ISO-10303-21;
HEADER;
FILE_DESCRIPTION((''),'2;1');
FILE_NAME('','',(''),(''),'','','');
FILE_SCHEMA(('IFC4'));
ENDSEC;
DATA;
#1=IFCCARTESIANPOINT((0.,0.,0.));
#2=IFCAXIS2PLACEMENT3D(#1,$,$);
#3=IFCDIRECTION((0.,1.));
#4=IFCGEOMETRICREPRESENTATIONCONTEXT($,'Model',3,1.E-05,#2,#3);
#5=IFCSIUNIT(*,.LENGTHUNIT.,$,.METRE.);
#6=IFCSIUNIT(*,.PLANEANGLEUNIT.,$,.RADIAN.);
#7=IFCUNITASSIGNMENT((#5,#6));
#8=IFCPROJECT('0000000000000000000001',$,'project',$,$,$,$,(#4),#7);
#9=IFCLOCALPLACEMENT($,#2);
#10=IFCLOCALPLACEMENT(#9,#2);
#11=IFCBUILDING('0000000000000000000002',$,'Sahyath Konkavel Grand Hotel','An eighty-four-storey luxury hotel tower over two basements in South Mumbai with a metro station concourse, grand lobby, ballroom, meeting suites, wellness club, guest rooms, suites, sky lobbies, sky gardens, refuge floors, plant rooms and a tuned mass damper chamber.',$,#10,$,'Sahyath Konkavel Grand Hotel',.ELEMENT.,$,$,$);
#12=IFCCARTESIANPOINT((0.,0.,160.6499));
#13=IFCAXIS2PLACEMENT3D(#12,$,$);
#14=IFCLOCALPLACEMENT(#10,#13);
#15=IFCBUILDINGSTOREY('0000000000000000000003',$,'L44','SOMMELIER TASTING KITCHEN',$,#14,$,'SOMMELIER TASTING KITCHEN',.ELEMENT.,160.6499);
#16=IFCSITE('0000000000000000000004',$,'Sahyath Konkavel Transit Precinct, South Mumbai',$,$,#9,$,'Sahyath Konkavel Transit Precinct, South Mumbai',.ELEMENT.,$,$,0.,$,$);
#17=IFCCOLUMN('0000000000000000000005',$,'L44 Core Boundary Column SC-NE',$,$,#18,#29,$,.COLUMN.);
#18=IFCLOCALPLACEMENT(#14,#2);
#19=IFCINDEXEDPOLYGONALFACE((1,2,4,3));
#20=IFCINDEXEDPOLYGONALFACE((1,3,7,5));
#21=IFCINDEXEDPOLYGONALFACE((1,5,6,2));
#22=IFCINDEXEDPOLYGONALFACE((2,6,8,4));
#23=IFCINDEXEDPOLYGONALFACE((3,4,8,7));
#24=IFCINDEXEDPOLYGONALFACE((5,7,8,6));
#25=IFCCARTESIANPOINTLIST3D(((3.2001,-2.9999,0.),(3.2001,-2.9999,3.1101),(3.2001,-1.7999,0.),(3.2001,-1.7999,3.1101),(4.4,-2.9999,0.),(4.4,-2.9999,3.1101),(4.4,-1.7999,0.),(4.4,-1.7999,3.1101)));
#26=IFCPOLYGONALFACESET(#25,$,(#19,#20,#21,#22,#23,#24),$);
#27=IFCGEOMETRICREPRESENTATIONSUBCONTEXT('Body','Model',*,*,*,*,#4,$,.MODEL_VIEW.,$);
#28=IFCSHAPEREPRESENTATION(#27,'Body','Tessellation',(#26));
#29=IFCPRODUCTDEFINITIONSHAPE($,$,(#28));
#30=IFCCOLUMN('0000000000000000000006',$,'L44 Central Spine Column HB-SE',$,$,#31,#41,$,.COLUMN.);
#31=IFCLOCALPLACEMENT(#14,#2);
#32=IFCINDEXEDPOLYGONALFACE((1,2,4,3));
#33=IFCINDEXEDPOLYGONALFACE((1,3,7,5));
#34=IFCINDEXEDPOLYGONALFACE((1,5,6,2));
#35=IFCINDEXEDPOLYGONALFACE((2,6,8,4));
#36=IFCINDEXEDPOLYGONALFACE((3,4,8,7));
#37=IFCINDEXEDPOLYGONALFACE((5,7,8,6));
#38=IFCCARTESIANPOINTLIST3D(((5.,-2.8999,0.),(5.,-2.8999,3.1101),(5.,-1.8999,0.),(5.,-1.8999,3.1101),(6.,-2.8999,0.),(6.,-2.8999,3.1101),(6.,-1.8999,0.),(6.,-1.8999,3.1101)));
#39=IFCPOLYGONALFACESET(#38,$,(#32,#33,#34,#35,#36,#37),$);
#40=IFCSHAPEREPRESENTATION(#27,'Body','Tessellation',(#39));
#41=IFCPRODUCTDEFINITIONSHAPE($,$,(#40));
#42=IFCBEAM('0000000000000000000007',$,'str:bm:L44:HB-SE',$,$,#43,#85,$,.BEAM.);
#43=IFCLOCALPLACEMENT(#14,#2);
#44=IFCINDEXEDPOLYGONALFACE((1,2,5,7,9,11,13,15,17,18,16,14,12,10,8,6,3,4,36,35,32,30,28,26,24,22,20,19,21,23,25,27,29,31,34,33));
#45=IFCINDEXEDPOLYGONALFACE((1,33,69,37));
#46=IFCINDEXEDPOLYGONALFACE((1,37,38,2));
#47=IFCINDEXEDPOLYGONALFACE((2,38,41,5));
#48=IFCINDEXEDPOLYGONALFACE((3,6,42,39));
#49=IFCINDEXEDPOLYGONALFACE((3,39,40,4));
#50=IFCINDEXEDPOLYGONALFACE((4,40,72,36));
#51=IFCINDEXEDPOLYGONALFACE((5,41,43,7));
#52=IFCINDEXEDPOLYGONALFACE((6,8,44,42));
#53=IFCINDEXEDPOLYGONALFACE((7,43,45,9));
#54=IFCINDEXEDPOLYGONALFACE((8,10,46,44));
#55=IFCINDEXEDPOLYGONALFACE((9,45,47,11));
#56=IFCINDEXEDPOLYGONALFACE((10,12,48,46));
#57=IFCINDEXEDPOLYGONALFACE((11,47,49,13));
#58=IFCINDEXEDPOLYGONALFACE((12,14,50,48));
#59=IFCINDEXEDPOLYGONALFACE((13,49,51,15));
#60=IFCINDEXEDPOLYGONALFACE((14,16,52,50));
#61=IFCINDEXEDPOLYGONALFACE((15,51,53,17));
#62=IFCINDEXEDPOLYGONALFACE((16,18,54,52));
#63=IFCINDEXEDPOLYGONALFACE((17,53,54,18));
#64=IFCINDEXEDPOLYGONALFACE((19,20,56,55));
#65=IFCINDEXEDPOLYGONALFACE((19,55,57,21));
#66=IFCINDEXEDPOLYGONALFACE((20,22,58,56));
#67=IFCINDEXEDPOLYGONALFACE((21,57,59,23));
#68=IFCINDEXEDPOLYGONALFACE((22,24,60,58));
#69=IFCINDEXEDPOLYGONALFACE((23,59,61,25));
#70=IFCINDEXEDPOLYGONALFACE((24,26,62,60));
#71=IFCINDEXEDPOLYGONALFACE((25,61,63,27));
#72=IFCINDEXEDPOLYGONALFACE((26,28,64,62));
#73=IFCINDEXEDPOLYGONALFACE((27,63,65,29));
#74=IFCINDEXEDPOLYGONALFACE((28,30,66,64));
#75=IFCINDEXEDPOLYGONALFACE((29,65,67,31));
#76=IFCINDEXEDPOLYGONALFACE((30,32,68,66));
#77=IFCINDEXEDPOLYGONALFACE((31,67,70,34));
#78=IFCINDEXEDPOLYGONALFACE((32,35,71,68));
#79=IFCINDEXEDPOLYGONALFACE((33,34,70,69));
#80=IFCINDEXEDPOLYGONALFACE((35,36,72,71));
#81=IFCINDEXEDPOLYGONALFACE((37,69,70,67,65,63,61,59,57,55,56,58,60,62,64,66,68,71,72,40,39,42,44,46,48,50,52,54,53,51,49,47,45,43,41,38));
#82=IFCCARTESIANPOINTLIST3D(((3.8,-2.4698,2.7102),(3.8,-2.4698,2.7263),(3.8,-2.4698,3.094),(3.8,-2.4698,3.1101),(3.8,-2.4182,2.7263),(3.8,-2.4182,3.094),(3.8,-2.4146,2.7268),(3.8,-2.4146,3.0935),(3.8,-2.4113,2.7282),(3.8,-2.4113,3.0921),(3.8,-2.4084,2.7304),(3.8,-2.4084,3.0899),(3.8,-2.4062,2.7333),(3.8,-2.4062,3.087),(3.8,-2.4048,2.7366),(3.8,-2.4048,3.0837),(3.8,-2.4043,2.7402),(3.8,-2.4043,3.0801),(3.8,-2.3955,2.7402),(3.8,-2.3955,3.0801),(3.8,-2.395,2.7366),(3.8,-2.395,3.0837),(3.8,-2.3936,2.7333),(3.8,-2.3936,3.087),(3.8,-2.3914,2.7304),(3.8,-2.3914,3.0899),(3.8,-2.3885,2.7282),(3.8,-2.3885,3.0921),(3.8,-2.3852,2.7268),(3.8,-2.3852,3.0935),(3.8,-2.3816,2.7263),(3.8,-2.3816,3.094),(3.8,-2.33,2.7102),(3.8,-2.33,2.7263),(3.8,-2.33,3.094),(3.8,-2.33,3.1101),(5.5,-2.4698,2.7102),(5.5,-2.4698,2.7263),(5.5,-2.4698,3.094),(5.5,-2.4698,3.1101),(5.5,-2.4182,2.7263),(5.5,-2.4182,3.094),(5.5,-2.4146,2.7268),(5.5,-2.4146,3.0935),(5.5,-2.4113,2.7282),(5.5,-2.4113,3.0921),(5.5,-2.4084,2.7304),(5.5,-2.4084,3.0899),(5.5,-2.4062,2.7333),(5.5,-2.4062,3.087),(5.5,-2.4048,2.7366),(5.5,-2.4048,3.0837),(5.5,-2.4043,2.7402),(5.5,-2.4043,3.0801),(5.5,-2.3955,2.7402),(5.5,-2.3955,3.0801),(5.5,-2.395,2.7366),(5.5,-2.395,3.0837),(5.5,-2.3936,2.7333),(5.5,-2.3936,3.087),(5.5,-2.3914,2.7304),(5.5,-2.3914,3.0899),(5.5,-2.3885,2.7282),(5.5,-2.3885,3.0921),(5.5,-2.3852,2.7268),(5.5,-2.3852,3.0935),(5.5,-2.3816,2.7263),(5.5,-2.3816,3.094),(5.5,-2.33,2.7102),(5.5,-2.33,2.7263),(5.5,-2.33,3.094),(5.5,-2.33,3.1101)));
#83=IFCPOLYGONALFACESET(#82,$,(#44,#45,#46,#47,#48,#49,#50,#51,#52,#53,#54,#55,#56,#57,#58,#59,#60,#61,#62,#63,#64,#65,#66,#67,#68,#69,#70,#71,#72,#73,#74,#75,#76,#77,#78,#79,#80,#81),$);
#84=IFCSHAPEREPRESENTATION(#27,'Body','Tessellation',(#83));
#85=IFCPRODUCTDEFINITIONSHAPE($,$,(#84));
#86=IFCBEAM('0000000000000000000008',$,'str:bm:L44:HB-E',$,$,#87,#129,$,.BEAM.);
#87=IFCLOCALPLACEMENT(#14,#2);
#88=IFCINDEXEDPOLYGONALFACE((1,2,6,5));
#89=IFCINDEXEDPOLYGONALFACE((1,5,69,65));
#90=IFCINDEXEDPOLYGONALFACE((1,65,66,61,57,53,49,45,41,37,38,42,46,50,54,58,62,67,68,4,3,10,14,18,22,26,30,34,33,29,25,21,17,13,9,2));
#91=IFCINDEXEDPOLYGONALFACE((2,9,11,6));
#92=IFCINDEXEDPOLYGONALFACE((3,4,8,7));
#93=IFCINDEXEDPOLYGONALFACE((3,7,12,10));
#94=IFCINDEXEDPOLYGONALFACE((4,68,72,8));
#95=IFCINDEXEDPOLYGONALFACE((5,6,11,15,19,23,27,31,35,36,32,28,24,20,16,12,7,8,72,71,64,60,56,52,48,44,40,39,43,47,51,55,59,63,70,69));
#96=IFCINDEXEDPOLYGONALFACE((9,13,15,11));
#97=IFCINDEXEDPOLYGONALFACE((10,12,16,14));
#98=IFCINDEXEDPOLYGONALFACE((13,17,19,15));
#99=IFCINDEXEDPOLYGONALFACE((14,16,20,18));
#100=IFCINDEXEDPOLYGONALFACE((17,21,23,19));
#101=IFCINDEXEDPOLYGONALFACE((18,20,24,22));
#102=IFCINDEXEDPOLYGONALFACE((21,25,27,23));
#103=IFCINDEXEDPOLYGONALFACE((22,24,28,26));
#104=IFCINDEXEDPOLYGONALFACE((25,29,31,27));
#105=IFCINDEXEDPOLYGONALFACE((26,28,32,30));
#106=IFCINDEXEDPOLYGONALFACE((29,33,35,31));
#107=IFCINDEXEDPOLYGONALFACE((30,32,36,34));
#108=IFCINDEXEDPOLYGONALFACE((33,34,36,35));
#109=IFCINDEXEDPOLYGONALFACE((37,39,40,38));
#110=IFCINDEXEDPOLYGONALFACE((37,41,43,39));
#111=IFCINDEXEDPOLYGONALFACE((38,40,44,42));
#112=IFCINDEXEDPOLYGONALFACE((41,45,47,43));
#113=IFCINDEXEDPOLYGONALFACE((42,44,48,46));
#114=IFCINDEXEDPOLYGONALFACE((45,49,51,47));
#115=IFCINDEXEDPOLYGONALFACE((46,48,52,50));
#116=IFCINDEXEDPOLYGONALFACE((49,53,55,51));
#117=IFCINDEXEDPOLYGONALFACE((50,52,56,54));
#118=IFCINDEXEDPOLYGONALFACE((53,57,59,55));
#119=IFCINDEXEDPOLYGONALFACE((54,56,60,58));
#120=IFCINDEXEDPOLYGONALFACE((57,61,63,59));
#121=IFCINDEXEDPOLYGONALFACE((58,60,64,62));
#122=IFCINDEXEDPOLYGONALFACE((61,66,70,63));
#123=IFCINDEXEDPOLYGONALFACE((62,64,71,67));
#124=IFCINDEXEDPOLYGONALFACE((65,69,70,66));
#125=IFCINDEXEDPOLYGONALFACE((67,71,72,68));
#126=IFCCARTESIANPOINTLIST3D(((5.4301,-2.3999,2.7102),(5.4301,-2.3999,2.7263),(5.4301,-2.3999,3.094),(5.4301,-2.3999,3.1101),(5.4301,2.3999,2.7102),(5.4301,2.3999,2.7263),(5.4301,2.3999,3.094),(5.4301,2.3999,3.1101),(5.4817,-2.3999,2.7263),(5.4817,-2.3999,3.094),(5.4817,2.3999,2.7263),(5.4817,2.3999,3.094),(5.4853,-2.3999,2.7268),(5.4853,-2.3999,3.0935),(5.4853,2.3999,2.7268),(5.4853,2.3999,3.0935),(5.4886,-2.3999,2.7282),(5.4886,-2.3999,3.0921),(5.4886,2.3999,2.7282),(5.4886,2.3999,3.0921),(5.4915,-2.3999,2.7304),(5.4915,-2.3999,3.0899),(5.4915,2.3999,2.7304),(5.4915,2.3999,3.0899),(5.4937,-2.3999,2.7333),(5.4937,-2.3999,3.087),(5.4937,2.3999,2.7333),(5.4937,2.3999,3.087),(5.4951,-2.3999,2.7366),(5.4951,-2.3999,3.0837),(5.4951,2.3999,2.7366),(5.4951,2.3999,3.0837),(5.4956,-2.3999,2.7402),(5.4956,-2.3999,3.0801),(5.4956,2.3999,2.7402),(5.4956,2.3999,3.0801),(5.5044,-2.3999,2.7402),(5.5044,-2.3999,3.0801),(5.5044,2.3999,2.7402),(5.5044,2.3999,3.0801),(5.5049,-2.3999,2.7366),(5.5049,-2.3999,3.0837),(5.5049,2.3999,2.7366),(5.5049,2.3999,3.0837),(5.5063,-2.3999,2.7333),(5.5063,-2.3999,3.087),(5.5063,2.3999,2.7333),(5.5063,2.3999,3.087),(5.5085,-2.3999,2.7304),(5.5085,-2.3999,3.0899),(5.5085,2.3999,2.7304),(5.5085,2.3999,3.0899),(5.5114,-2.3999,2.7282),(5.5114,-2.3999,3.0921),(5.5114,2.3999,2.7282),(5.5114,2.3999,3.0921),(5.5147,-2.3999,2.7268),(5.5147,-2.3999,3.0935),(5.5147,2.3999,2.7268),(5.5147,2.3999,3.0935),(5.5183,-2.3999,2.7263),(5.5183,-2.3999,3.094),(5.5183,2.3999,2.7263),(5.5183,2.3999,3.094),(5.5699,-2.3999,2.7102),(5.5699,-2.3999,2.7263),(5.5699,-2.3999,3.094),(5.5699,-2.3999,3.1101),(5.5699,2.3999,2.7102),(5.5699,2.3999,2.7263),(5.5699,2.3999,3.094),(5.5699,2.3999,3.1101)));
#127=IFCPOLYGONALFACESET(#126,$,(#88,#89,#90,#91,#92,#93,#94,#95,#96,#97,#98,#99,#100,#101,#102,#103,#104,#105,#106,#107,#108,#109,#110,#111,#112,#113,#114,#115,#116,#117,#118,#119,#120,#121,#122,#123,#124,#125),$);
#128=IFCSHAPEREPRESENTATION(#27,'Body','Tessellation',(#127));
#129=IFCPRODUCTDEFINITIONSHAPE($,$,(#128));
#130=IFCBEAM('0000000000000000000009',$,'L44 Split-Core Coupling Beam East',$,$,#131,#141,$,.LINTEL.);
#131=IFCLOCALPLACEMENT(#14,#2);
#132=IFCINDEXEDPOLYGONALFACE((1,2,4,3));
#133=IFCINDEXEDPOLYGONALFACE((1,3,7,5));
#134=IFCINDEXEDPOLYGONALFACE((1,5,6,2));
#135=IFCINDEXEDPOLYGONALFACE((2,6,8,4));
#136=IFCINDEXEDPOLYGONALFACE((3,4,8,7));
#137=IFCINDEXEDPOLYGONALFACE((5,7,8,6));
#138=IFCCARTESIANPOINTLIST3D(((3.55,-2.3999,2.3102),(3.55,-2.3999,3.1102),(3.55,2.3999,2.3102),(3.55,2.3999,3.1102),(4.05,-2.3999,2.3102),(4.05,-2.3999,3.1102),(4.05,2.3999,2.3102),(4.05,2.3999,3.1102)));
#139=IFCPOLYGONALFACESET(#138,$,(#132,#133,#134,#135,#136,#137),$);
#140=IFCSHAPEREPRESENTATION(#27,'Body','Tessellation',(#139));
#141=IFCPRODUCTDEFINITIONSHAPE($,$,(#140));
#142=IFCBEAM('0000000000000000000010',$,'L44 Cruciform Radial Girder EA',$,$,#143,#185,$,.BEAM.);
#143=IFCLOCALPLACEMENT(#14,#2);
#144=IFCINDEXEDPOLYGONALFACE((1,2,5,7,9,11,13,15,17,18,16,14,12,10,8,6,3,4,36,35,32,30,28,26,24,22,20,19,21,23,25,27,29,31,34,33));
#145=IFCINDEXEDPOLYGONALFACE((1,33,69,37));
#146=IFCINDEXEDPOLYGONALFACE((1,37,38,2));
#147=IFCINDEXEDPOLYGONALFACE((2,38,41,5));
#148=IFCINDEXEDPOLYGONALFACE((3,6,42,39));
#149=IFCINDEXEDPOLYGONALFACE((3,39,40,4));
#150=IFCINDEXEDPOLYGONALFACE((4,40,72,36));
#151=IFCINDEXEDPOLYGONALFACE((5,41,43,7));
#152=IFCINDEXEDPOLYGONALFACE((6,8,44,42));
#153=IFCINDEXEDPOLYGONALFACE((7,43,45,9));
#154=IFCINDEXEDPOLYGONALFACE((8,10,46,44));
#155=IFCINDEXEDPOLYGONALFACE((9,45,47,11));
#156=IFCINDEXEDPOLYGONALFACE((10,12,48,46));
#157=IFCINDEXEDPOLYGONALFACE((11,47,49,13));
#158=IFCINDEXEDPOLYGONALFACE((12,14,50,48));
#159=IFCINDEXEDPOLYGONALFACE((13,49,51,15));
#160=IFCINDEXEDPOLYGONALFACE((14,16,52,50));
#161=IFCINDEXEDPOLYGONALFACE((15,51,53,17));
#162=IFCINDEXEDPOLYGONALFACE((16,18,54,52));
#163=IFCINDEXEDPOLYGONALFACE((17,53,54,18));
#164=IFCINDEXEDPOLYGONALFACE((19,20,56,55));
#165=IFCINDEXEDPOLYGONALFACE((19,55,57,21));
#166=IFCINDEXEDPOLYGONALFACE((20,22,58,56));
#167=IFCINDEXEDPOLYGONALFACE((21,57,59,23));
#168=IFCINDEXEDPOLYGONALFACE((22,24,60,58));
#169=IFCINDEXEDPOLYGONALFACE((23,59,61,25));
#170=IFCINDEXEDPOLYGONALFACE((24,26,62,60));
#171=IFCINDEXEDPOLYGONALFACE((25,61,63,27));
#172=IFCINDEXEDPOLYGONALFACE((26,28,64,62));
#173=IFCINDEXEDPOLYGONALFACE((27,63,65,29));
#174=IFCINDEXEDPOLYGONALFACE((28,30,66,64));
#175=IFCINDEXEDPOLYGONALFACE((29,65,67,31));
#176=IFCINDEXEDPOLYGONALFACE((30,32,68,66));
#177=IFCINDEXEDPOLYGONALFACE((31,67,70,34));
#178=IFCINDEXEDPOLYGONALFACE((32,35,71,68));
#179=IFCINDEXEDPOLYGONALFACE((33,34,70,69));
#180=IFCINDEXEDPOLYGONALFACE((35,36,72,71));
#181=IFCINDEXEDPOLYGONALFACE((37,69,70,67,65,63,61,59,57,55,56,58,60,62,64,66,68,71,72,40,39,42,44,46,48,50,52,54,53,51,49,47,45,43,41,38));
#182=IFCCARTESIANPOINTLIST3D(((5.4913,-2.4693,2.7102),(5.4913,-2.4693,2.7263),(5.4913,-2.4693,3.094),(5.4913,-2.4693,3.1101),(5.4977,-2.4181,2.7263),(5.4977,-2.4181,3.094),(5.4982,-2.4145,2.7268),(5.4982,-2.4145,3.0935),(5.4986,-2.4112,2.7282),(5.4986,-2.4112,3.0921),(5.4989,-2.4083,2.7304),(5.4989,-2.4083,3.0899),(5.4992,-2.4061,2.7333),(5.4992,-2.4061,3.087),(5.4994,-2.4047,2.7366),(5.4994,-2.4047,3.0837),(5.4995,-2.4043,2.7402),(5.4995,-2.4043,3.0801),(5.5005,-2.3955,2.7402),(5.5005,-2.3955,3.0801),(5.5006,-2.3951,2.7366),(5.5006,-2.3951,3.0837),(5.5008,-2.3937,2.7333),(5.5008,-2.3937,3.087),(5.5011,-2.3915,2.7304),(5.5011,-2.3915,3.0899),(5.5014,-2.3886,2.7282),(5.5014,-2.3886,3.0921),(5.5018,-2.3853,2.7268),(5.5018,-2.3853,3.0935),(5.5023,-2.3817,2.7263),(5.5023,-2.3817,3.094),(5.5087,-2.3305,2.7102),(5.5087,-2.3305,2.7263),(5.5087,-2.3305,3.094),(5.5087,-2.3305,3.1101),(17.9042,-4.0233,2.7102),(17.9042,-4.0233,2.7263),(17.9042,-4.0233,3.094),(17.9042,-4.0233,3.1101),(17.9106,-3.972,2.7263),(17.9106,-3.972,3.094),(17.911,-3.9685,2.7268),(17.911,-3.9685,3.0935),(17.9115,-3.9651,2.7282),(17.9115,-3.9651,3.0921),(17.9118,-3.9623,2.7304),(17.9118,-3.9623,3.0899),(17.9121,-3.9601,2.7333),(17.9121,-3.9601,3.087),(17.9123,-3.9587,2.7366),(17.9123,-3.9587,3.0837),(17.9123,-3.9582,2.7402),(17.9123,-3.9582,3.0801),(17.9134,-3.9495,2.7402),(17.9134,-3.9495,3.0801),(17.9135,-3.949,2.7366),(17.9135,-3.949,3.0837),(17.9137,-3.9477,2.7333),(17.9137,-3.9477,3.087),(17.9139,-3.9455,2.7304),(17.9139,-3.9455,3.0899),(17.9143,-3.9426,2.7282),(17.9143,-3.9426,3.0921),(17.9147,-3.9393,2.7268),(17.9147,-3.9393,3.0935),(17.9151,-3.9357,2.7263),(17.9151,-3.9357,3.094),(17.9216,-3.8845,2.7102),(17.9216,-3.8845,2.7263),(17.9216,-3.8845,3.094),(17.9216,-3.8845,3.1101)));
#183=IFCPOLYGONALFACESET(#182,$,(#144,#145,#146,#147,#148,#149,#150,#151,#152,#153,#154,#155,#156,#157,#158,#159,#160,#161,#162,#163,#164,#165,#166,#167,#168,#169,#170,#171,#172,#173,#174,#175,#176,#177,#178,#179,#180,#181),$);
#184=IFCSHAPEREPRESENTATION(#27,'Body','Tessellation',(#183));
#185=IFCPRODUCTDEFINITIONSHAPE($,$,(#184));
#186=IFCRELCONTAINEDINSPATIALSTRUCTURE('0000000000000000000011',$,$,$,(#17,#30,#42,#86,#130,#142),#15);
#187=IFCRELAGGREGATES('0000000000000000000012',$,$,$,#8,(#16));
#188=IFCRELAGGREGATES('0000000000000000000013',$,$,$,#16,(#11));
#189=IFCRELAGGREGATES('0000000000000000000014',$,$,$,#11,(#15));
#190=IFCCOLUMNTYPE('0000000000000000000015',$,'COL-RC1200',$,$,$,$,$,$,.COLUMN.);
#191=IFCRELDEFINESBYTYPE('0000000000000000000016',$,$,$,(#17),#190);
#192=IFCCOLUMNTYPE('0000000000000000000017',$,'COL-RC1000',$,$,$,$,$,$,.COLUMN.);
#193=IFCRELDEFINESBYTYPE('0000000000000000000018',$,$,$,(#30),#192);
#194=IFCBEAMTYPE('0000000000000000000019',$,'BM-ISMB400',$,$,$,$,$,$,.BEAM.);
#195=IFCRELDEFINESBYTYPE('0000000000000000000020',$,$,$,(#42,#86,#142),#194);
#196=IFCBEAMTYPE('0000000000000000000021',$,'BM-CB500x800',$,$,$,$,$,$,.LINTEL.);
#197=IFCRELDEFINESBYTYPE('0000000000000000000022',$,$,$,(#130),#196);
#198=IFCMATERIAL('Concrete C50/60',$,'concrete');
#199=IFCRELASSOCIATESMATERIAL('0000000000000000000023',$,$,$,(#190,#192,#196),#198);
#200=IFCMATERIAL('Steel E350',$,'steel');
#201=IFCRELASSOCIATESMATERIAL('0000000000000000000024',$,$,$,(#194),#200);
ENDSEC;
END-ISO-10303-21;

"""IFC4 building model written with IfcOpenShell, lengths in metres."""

from ifc_helpers import new_model, si_unit, direction, frame, origin, origin_2d, place, context, subcontext, project, spatial, rectangle, i_section, extrude, source, transform, mapped, material, material_profile, profile_set, type_object, element, save


model = new_model("IFC4")

# Units and contexts
model_context = context("Model", 3, precision=1e-05, world=origin(), true_north=direction((0.0, 1.0)))
body_context = subcontext(model_context, "Body", "Model", "MODEL_VIEW")
ifc_project = project(units=[si_unit("LENGTHUNIT", "METRE"), si_unit("PLANEANGLEUNIT", "RADIAN")], contexts=[model_context])

# Site, building, storey
site_placement = place(None, origin())
site = spatial("IfcSite", under=ifc_project, at=site_placement, Name="Sahyath Konkavel Transit Precinct, South Mumbai", LongName="Sahyath Konkavel Transit Precinct, South Mumbai", CompositionType="ELEMENT", RefElevation=0.0)
building_placement = place(site_placement, origin())
building = spatial("IfcBuilding", under=site, at=building_placement, Name="Sahyath Konkavel Grand Hotel", Description="An eighty-four-storey luxury hotel tower over two basements in South Mumbai with a metro station concourse, grand lobby, ballroom, meeting suites, wellness club, guest rooms, suites, sky lobbies, sky gardens, refuge floors, plant rooms and a tuned mass damper chamber.", LongName="Sahyath Konkavel Grand Hotel", CompositionType="ELEMENT")
storey_placement = place(building_placement, frame((0.0, 0.0, 160.6499)))
storey = spatial("IfcBuildingStorey", under=building, at=storey_placement, Name="L44", Description="SOMMELIER TASTING KITCHEN", LongName="SOMMELIER TASTING KITCHEN", CompositionType="ELEMENT", Elevation=160.6499)

# Columns
ifc_material_1 = material(Name="Concrete C50/60", Category="concrete")
ifc_material_profile_1 = material_profile(ifc_material_1, rectangle(XDim=1.2, YDim=1.2, at=origin_2d()), Name="RC 1200x1200")
ifc_profile_set_1 = profile_set([ifc_material_profile_1], Name="Concrete C50/60")
column_type_1 = type_object("IfcColumnType", Name="COL-RC1200", PredefinedType="COLUMN", material=ifc_profile_set_1)
shared_shape_1 = source(origin(), body_context, "Body", "SweptSolid", [
    extrude(rectangle(XDim=1.2, YDim=1.2, at=origin_2d()), origin(), (0.0, 0.0, 1.0), 3.1101),
])
column_1_placement = place(storey_placement, frame((3.8, -2.3999, 0.0), z_axis=(0.0, 0.0, 1.0), x_axis=(1.0, 0.0, 0.0)))
element("IfcColumn", 1, at=column_1_placement, inside=storey, type_object=column_type_1, Name="L44 Core Boundary Column SC-NE", PredefinedType="COLUMN", context=body_context, shape_type="MappedRepresentation", body=[
    mapped(shared_shape_1, transform((0.0, 0.0, 0.0), scale=1.0)),
])
ifc_material_profile_2 = material_profile(ifc_material_1, rectangle(XDim=1.0, YDim=1.0, at=origin_2d()), Name="RC 1000x1000")
ifc_profile_set_2 = profile_set([ifc_material_profile_2], Name="Concrete C50/60")
column_type_2 = type_object("IfcColumnType", Name="COL-RC1000", PredefinedType="COLUMN", material=ifc_profile_set_2)
shared_shape_2 = source(origin(), body_context, "Body", "SweptSolid", [
    extrude(rectangle(XDim=1.0, YDim=1.0, at=origin_2d()), origin(), (0.0, 0.0, 1.0), 3.1101),
])
column_2_placement = place(storey_placement, frame((5.5, -2.3999, 0.0), z_axis=(0.0, 0.0, 1.0), x_axis=(1.0, 0.0, 0.0)))
element("IfcColumn", 2, at=column_2_placement, inside=storey, type_object=column_type_2, Name="L44 Central Spine Column HB-SE", PredefinedType="COLUMN", context=body_context, shape_type="MappedRepresentation", body=[
    mapped(shared_shape_2, transform((0.0, 0.0, 0.0), scale=1.0)),
])

# Beams
ifc_material_2 = material(Name="Steel E350", Category="steel")
ifc_material_profile_3 = material_profile(ifc_material_2, i_section(OverallWidth=0.1399, OverallDepth=0.3999, WebThickness=0.0088, FlangeThickness=0.0161, FilletRadius=0.0139, at=origin_2d()), Name="ISMB 400")
ifc_profile_set_3 = profile_set([ifc_material_profile_3], Name="Steel E350")
beam_type_1 = type_object("IfcBeamType", Name="BM-ISMB400", PredefinedType="BEAM", material=ifc_profile_set_3)
shared_shape_3 = source(origin(), body_context, "Body", "SweptSolid", [
    extrude(i_section(OverallWidth=0.1399, OverallDepth=0.3999, WebThickness=0.0088, FlangeThickness=0.0161, FilletRadius=0.0139, at=origin_2d()), origin(), (0.0, 0.0, 1.0), 1.7),
])
beam_1_placement = place(storey_placement, frame((3.8, -2.3999, 2.9102), z_axis=(1.0, 0.0, 0.0), x_axis=(0.0, 1.0, 0.0)))
element("IfcBeam", 3, at=beam_1_placement, inside=storey, type_object=beam_type_1, Name="str:bm:L44:HB-SE", PredefinedType="BEAM", context=body_context, shape_type="MappedRepresentation", body=[
    mapped(shared_shape_3, transform((0.0, 0.0, 0.0), scale=1.0)),
])
shared_shape_4 = source(origin(), body_context, "Body", "SweptSolid", [
    extrude(i_section(OverallWidth=0.1399, OverallDepth=0.3999, WebThickness=0.0088, FlangeThickness=0.0161, FilletRadius=0.0139, at=origin_2d()), origin(), (0.0, 0.0, 1.0), 4.7998),
])
beam_2_placement = place(storey_placement, frame((5.5, -2.3999, 2.9102), z_axis=(0.0, 1.0, 0.0), x_axis=(-1.0, 0.0, 0.0)))
element("IfcBeam", 4, at=beam_2_placement, inside=storey, type_object=beam_type_1, Name="str:bm:L44:HB-E", PredefinedType="BEAM", context=body_context, shape_type="MappedRepresentation", body=[
    mapped(shared_shape_4, transform((0.0, 0.0, 0.0), scale=1.0)),
])
ifc_material_profile_4 = material_profile(ifc_material_1, rectangle(XDim=0.5, YDim=0.8, at=origin_2d()), Name="RC 500x800")
ifc_profile_set_4 = profile_set([ifc_material_profile_4], Name="Concrete C50/60")
beam_type_2 = type_object("IfcBeamType", Name="BM-CB500x800", PredefinedType="LINTEL", material=ifc_profile_set_4)
shared_shape_5 = source(origin(), body_context, "Body", "SweptSolid", [
    extrude(rectangle(XDim=0.5, YDim=0.8, at=origin_2d()), origin(), (0.0, 0.0, 1.0), 4.7998),
])
beam_3_placement = place(storey_placement, frame((3.8, -2.3999, 2.7102), z_axis=(0.0, 1.0, 0.0), x_axis=(-1.0, 0.0, 0.0)))
element("IfcBeam", 5, at=beam_3_placement, inside=storey, type_object=beam_type_2, Name="L44 Split-Core Coupling Beam East", PredefinedType="LINTEL", context=body_context, shape_type="MappedRepresentation", body=[
    mapped(shared_shape_5, transform((0.0, 0.0, 0.0), scale=1.0)),
])
shared_shape_6 = source(origin(), body_context, "Body", "SweptSolid", [
    extrude(i_section(OverallWidth=0.1399, OverallDepth=0.3999, WebThickness=0.0088, FlangeThickness=0.0161, FilletRadius=0.0139, at=origin_2d()), origin(), (0.0, 0.0, 1.0), 12.5098),
])
beam_4_placement = place(storey_placement, frame((5.5, -2.3999, 2.9102), z_axis=(0.992255, -0.12422, 0.0), x_axis=(0.12422, 0.992255, 0.0)))
element("IfcBeam", 6, at=beam_4_placement, inside=storey, type_object=beam_type_1, Name="L44 Cruciform Radial Girder EA", PredefinedType="BEAM", context=body_context, shape_type="MappedRepresentation", body=[
    mapped(shared_shape_6, transform((0.0, 0.0, 0.0), scale=1.0)),
])

save(model, "model.ifc")
